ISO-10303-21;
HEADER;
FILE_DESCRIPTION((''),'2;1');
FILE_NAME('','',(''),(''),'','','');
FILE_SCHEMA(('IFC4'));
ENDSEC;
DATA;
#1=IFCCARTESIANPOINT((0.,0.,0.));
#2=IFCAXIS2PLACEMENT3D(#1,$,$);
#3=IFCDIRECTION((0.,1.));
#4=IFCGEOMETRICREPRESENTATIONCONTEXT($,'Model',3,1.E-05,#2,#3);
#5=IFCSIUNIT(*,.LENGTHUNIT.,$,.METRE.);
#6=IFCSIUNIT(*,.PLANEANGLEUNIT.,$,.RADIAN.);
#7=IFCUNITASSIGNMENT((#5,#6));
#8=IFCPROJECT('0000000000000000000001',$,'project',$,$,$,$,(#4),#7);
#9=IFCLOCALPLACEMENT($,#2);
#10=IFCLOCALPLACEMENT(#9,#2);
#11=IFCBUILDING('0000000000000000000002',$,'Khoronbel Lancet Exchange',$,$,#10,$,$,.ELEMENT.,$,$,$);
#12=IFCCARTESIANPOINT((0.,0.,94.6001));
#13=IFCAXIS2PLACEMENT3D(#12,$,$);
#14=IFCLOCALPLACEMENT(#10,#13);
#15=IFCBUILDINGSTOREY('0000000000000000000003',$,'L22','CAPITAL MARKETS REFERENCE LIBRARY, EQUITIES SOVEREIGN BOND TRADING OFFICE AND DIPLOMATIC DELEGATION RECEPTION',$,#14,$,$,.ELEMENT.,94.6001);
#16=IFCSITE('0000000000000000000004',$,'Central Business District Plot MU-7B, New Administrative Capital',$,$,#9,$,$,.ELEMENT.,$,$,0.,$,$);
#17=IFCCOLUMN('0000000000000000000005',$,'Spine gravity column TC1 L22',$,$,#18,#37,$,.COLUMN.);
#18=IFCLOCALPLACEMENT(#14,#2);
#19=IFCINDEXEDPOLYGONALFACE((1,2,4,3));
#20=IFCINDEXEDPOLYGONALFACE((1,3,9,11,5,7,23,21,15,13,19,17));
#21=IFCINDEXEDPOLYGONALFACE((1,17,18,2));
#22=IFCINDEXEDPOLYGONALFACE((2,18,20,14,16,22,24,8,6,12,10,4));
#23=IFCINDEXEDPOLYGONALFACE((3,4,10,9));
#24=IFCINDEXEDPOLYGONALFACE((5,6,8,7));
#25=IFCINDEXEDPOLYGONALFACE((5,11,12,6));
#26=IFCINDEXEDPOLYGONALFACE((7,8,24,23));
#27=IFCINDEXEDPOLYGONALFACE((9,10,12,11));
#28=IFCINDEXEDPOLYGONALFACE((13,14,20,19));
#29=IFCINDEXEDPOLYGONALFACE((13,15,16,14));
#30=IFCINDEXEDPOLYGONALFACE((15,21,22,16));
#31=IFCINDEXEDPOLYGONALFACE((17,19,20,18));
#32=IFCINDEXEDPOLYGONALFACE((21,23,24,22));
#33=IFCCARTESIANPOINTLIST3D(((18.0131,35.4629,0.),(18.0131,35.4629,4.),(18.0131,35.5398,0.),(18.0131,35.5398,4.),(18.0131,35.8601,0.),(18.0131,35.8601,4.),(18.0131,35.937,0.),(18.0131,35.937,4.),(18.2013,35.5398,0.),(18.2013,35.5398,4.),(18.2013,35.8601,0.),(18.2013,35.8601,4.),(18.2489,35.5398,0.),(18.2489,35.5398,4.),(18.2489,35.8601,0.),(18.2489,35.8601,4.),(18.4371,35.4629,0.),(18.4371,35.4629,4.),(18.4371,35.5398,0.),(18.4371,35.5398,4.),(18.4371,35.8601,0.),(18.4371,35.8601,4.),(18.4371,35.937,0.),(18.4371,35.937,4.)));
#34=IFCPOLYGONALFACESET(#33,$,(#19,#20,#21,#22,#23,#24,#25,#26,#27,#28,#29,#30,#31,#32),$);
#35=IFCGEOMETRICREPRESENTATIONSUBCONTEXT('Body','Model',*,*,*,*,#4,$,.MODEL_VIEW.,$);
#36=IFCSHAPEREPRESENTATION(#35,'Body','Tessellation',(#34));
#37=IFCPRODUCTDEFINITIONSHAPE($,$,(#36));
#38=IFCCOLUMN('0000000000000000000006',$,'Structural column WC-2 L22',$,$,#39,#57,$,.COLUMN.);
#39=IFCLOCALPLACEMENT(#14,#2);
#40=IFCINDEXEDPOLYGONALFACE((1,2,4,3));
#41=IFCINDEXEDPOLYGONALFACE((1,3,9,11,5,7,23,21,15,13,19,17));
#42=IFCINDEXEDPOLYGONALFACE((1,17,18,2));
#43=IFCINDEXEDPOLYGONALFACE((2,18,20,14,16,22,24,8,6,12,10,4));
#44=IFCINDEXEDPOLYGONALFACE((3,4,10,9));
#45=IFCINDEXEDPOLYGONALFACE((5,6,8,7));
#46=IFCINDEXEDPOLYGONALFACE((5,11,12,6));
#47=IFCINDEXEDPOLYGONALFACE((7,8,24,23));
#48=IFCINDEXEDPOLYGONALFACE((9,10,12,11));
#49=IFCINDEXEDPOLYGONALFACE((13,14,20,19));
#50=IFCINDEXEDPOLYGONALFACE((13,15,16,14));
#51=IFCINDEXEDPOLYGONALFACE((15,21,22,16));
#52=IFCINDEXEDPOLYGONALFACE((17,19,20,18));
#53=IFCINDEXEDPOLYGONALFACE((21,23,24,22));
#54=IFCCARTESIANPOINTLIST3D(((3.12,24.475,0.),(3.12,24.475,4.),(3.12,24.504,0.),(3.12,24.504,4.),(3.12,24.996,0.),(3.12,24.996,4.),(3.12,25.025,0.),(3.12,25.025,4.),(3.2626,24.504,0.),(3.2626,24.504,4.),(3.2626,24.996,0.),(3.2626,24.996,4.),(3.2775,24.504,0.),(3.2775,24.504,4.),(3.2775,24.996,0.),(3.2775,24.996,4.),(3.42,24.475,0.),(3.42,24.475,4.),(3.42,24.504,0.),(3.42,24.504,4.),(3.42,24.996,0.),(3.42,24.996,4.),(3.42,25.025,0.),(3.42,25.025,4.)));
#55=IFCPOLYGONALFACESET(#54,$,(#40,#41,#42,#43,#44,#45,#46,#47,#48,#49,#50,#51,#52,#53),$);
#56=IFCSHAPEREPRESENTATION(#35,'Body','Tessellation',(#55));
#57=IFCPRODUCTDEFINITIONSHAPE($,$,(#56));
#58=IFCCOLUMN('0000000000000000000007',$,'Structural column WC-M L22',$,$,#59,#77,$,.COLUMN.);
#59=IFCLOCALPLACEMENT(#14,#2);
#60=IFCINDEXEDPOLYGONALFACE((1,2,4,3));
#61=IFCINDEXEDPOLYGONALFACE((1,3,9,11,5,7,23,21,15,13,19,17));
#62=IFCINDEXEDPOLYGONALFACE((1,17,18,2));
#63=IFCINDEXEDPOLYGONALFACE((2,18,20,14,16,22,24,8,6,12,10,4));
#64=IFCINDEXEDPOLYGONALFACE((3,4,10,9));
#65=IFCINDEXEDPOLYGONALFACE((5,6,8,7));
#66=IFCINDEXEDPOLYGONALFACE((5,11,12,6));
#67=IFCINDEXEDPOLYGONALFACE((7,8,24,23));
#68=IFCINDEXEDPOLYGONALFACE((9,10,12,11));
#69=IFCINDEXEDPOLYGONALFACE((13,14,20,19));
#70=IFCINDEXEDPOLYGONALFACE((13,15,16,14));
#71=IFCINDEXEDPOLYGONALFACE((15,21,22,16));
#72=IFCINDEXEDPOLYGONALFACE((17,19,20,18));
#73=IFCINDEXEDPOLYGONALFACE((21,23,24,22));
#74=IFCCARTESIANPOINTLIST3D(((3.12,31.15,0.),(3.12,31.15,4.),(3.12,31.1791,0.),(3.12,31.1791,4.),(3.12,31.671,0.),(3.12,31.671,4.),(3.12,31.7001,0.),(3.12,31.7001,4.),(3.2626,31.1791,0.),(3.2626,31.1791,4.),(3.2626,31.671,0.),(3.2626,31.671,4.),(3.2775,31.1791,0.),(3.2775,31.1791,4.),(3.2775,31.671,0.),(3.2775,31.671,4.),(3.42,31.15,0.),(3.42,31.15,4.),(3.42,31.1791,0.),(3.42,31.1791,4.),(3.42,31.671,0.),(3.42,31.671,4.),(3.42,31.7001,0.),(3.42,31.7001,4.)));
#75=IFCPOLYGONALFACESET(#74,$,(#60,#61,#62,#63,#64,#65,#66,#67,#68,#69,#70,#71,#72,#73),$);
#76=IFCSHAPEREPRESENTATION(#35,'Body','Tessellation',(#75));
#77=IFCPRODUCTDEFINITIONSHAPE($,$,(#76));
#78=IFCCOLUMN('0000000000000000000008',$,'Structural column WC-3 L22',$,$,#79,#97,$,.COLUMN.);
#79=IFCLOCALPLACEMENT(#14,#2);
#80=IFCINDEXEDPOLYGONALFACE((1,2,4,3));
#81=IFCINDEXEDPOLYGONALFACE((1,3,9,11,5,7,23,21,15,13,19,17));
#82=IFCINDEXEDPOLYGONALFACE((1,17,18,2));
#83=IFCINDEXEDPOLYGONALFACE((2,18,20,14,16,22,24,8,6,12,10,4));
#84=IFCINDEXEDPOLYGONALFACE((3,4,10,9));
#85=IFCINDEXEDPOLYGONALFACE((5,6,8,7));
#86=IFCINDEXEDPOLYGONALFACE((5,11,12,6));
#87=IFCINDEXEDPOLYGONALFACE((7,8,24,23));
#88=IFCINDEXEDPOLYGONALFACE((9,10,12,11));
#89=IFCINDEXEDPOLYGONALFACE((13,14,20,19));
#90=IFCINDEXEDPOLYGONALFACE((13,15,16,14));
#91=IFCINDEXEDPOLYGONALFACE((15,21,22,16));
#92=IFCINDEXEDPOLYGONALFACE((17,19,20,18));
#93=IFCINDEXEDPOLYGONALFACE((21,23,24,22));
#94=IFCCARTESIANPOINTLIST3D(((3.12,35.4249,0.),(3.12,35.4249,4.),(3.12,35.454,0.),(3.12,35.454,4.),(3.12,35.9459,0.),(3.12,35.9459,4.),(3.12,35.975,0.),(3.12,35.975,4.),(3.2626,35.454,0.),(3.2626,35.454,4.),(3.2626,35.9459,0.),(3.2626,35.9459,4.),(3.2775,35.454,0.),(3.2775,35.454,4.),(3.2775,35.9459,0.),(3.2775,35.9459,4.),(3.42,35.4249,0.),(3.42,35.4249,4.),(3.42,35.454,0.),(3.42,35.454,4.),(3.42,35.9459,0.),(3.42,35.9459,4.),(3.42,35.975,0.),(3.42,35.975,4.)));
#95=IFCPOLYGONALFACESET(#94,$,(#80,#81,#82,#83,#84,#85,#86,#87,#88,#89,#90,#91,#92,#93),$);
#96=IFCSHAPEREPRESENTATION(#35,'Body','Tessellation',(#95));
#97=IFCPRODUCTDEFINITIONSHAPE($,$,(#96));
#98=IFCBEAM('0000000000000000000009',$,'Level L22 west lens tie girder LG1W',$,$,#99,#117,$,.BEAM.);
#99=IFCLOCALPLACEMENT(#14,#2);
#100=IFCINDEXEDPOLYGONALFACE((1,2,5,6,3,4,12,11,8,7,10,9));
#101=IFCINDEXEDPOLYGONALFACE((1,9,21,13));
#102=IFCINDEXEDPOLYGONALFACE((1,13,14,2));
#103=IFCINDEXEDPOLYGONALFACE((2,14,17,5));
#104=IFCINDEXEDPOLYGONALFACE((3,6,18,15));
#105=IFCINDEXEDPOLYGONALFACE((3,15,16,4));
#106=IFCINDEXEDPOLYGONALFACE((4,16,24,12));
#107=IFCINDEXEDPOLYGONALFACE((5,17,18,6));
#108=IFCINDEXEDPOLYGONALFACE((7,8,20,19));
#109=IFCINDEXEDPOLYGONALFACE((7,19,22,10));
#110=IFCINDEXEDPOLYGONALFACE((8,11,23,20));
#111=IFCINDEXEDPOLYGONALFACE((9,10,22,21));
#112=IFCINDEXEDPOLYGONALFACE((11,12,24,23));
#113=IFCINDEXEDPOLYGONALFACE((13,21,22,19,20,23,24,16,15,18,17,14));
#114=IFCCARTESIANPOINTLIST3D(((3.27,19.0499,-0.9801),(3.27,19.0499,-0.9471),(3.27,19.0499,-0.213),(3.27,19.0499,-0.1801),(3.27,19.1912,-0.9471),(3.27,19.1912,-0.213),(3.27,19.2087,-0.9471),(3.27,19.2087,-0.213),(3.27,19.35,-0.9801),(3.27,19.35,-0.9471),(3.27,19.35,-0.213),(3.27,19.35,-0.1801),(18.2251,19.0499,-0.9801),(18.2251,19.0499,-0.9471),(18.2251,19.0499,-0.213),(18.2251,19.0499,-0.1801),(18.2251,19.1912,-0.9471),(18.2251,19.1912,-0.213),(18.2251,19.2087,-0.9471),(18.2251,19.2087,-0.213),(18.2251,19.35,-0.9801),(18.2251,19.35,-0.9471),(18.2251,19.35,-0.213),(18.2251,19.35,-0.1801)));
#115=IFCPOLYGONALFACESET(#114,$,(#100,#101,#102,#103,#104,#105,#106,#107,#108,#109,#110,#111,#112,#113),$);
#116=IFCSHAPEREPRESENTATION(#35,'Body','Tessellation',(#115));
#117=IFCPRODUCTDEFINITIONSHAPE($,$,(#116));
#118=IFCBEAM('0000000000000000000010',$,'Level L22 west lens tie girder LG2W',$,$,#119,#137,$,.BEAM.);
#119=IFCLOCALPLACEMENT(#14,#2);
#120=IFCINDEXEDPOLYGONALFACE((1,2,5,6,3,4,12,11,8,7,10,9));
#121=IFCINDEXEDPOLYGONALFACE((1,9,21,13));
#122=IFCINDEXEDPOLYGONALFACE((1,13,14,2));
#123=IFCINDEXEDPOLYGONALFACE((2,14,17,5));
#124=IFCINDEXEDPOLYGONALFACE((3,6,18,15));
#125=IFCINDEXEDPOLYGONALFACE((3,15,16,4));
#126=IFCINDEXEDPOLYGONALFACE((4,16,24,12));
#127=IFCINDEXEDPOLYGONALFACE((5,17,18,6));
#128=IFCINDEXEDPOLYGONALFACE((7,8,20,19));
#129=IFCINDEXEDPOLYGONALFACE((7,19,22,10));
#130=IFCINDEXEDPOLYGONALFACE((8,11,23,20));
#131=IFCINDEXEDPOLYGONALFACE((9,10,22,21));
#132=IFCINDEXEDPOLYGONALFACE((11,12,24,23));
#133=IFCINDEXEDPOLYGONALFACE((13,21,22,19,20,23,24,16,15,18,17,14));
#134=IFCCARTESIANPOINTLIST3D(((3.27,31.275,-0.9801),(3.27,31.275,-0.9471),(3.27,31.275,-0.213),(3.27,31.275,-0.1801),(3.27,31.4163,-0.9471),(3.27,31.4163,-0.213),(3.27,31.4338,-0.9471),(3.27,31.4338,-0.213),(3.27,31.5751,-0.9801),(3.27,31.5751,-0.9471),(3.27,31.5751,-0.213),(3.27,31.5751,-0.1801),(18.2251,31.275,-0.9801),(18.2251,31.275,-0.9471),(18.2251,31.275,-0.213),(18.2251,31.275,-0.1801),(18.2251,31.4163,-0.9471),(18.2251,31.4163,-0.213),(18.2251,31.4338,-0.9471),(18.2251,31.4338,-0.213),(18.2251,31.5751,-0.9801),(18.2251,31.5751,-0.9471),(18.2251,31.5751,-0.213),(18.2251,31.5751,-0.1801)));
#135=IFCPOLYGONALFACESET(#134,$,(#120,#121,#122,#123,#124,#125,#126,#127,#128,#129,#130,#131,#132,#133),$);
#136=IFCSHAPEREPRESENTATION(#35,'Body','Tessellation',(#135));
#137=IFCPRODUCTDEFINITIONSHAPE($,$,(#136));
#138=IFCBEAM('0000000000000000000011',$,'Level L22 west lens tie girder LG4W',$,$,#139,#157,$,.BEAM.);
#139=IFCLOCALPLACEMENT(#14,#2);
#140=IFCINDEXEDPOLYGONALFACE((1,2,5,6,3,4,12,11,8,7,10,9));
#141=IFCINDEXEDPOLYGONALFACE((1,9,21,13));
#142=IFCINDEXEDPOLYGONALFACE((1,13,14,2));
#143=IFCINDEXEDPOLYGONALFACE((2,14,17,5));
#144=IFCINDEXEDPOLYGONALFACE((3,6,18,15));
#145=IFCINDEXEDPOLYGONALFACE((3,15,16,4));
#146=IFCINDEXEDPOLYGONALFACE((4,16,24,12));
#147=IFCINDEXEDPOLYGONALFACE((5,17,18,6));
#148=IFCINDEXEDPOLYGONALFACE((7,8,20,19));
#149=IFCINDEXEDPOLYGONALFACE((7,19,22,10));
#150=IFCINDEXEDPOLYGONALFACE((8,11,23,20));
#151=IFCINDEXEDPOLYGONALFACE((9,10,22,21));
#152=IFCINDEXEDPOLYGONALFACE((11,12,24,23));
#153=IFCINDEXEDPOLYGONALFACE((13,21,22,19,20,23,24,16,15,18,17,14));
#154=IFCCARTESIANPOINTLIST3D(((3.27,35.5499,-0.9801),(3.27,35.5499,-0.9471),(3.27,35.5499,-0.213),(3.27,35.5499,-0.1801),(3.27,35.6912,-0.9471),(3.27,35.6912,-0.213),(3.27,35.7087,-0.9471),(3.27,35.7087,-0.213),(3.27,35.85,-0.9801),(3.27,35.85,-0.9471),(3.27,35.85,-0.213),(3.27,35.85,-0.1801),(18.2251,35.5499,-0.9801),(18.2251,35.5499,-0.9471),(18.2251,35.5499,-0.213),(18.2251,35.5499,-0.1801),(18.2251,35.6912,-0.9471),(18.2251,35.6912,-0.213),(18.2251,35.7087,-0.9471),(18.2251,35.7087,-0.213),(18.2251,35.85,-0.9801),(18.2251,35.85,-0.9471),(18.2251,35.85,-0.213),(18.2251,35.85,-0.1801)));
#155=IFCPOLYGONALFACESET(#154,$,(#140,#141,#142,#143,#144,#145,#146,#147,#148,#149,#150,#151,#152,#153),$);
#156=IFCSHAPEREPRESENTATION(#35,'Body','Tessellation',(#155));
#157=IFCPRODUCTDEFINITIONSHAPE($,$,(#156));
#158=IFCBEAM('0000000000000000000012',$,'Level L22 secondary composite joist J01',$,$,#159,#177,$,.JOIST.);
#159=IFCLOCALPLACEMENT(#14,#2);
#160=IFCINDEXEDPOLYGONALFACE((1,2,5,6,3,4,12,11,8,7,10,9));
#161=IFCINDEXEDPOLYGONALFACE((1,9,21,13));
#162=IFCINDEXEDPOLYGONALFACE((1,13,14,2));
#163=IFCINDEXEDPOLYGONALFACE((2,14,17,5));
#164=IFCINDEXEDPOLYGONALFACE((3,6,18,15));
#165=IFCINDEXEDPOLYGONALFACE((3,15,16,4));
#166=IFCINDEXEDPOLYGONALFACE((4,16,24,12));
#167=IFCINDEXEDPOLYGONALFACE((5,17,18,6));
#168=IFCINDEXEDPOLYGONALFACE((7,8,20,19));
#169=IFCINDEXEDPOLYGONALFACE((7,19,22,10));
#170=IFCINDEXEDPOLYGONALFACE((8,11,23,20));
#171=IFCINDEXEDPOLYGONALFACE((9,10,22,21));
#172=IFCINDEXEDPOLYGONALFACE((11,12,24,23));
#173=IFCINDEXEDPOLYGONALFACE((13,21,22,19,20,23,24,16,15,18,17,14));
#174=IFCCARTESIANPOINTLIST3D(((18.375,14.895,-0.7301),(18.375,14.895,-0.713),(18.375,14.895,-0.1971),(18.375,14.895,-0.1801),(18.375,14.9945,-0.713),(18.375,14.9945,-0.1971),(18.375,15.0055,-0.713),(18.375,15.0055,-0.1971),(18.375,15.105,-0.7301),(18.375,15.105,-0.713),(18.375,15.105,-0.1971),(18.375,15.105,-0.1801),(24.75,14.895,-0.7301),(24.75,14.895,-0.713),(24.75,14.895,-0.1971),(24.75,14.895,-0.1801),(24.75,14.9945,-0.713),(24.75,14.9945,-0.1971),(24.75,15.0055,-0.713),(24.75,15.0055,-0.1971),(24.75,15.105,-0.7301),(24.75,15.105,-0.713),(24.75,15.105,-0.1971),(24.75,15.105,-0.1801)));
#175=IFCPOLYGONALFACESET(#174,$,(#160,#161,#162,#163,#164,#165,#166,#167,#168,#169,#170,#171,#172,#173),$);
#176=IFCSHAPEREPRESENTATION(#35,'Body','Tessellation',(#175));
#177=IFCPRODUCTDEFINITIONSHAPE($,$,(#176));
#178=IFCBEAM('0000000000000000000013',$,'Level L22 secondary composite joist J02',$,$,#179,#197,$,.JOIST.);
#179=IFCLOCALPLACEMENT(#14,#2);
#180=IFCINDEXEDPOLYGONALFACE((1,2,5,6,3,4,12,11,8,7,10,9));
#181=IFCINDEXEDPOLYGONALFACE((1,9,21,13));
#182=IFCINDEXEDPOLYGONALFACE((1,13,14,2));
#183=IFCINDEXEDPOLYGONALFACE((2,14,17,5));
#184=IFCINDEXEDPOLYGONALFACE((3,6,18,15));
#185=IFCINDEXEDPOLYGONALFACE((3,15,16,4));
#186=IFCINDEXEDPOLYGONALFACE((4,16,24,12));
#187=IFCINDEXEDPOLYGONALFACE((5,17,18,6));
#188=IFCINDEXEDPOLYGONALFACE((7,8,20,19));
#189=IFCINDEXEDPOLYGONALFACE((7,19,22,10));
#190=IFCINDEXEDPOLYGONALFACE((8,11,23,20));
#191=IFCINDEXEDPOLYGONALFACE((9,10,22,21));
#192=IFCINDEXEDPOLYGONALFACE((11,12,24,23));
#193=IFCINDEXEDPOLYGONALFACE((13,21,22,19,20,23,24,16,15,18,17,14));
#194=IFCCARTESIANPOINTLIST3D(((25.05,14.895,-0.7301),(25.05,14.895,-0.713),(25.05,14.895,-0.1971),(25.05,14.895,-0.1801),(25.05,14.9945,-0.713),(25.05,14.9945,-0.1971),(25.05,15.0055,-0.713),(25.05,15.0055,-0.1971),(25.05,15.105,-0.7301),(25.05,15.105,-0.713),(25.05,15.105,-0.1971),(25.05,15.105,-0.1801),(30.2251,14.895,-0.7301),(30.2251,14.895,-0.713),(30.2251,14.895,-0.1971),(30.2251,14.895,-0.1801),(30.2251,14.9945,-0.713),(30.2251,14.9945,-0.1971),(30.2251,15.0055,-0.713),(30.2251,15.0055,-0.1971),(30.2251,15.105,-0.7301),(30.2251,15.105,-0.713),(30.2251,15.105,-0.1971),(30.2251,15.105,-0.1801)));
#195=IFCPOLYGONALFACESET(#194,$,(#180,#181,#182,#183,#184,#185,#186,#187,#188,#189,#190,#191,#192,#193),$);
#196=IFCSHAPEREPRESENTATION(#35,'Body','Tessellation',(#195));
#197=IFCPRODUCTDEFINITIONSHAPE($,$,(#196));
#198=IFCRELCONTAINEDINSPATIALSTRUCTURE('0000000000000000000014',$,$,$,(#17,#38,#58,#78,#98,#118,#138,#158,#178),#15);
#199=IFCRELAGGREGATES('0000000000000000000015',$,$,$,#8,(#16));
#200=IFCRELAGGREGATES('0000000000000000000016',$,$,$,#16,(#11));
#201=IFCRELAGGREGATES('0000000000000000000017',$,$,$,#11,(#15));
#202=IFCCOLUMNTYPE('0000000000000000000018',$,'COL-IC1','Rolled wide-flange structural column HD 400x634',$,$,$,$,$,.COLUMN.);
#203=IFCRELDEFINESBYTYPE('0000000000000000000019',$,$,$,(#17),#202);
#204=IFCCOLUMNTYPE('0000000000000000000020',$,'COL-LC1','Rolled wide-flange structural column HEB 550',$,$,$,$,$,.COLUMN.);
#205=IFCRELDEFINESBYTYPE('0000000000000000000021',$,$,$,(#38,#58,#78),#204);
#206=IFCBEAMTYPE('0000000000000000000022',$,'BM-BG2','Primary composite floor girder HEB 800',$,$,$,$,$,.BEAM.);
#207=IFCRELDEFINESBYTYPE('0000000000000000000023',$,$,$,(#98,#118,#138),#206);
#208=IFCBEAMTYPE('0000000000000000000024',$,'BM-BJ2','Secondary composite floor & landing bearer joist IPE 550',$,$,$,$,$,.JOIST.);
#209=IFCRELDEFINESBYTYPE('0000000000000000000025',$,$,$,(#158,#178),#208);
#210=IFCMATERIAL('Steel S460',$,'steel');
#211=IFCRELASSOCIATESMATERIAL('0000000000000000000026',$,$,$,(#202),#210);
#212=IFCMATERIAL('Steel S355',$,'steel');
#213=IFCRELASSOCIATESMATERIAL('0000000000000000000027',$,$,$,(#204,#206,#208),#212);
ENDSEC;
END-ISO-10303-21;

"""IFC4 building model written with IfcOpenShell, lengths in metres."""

from ifc_helpers import new_model, si_unit, direction, frame, origin, origin_2d, place, context, subcontext, project, spatial, i_section, extrude, material, material_profile, profile_set, type_object, element, save


model = new_model("IFC4")

# Units and contexts
model_context = context("Model", 3, precision=1e-05, world=origin(), true_north=direction((0.0, 1.0)))
body_context = subcontext(model_context, "Body", "Model", "MODEL_VIEW")
ifc_project = project(units=[si_unit("LENGTHUNIT", "METRE"), si_unit("PLANEANGLEUNIT", "RADIAN")], contexts=[model_context])

# Site, building, storey
site_placement = place(None, origin())
site = spatial("IfcSite", under=ifc_project, at=site_placement, Name="Central Business District Plot MU-7B, New Administrative Capital", CompositionType="ELEMENT", RefElevation=0.0)
building_placement = place(site_placement, origin())
building = spatial("IfcBuilding", under=site, at=building_placement, Name="Khoronbel Lancet Exchange", CompositionType="ELEMENT")
storey_placement = place(building_placement, frame((0.0, 0.0, 94.6001)))
storey = spatial("IfcBuildingStorey", under=building, at=storey_placement, Name="L22", Description="CAPITAL MARKETS REFERENCE LIBRARY, EQUITIES SOVEREIGN BOND TRADING OFFICE AND DIPLOMATIC DELEGATION RECEPTION", CompositionType="ELEMENT", Elevation=94.6001)

# Columns
ifc_material_1 = material(Name="Steel S460", Category="steel")
ifc_material_profile_1 = material_profile(ifc_material_1, i_section(OverallWidth=0.4241, OverallDepth=0.4741, WebThickness=0.0476, FlangeThickness=0.0769, at=origin_2d()), Name="HD 400x634")
ifc_profile_set_1 = profile_set([ifc_material_profile_1], Name="Steel S460")
column_type_1 = type_object("IfcColumnType", Name="COL-IC1", Description="Rolled wide-flange structural column HD 400x634", PredefinedType="COLUMN", material=ifc_profile_set_1)
column_placement = place(storey_placement, frame((18.2251, 35.7, 0.0), z_axis=(0.0, 0.0, 1.0), x_axis=(1.0, 0.0, 0.0)))
element("IfcColumn", 1, at=column_placement, inside=storey, type_object=column_type_1, Name="Spine gravity column TC1 L22", PredefinedType="COLUMN", context=body_context, shape_type="SweptSolid", body=[
    extrude(i_section(OverallWidth=0.4241, OverallDepth=0.4741, WebThickness=0.0476, FlangeThickness=0.0769, at=origin_2d()), origin(), (0.0, 0.0, 1.0), 4.0),
])
ifc_material_2 = material(Name="Steel S355", Category="steel")
ifc_material_profile_2 = material_profile(ifc_material_2, i_section(OverallWidth=0.3, OverallDepth=0.55, WebThickness=0.0149, FlangeThickness=0.0291, at=origin_2d()), Name="HEB 550")
ifc_profile_set_2 = profile_set([ifc_material_profile_2], Name="Steel S355")
column_type_2 = type_object("IfcColumnType", Name="COL-LC1", Description="Rolled wide-flange structural column HEB 550", PredefinedType="COLUMN", material=ifc_profile_set_2)
for number, where, z_axis, x_axis, name in (
    (2, (3.27, 24.75, 0.0), (0.0, 0.0, 1.0), (1.0, 0.0, 0.0), "Structural column WC-2 L22"),
    (3, (3.27, 31.425, 0.0), (0.0, 0.0, 1.0), (1.0, 0.0, 0.0), "Structural column WC-M L22"),
    (4, (3.27, 35.7, 0.0), (0.0, 0.0, 1.0), (1.0, 0.0, 0.0), "Structural column WC-3 L22"),
):
    element("IfcColumn", number, at=place(storey_placement, frame(where, z_axis=z_axis, x_axis=x_axis)), inside=storey, type_object=column_type_2, Name=name, PredefinedType="COLUMN", context=body_context, shape_type="SweptSolid", body=[
        extrude(i_section(OverallWidth=0.3, OverallDepth=0.55, WebThickness=0.0149, FlangeThickness=0.0291, at=origin_2d()), origin(), (0.0, 0.0, 1.0), 4.0),
    ])

# Beams
ifc_material_profile_3 = material_profile(ifc_material_2, i_section(OverallWidth=0.3, OverallDepth=0.8, WebThickness=0.0176, FlangeThickness=0.033, at=origin_2d()), Name="HEB 800")
ifc_profile_set_3 = profile_set([ifc_material_profile_3], Name="Steel S355")
beam_type_1 = type_object("IfcBeamType", Name="BM-BG2", Description="Primary composite floor girder HEB 800", PredefinedType="BEAM", material=ifc_profile_set_3)
for number, where, z_axis, x_axis, name in (
    (5, (3.27, 19.2, -0.5801), (1.0, 0.0, 0.0), (0.0, 1.0, 0.0), "Level L22 west lens tie girder LG1W"),
    (6, (3.27, 31.425, -0.5801), (1.0, 0.0, 0.0), (0.0, 1.0, 0.0), "Level L22 west lens tie girder LG2W"),
    (7, (3.27, 35.7, -0.5801), (1.0, 0.0, 0.0), (0.0, 1.0, 0.0), "Level L22 west lens tie girder LG4W"),
):
    element("IfcBeam", number, at=place(storey_placement, frame(where, z_axis=z_axis, x_axis=x_axis)), inside=storey, type_object=beam_type_1, Name=name, PredefinedType="BEAM", context=body_context, shape_type="SweptSolid", body=[
        extrude(i_section(OverallWidth=0.3, OverallDepth=0.8, WebThickness=0.0176, FlangeThickness=0.033, at=origin_2d()), origin(), (0.0, 0.0, 1.0), 14.9551),
    ])
ifc_material_profile_4 = material_profile(ifc_material_2, i_section(OverallWidth=0.21, OverallDepth=0.55, WebThickness=0.011, FlangeThickness=0.0171, at=origin_2d()), Name="IPE 550")
ifc_profile_set_4 = profile_set([ifc_material_profile_4], Name="Steel S355")
beam_type_2 = type_object("IfcBeamType", Name="BM-BJ2", Description="Secondary composite floor & landing bearer joist IPE 550", PredefinedType="JOIST", material=ifc_profile_set_4)
beam_1_placement = place(storey_placement, frame((18.375, 15.0, -0.4551), z_axis=(1.0, 0.0, 0.0), x_axis=(0.0, 1.0, 0.0)))
element("IfcBeam", 8, at=beam_1_placement, inside=storey, type_object=beam_type_2, Name="Level L22 secondary composite joist J01", PredefinedType="JOIST", context=body_context, shape_type="SweptSolid", body=[
    extrude(i_section(OverallWidth=0.21, OverallDepth=0.55, WebThickness=0.011, FlangeThickness=0.0171, at=origin_2d()), origin(), (0.0, 0.0, 1.0), 6.375),
])
beam_2_placement = place(storey_placement, frame((25.05, 15.0, -0.4551), z_axis=(1.0, 0.0, 0.0), x_axis=(0.0, 1.0, 0.0)))
element("IfcBeam", 9, at=beam_2_placement, inside=storey, type_object=beam_type_2, Name="Level L22 secondary composite joist J02", PredefinedType="JOIST", context=body_context, shape_type="SweptSolid", body=[
    extrude(i_section(OverallWidth=0.21, OverallDepth=0.55, WebThickness=0.011, FlangeThickness=0.0171, at=origin_2d()), origin(), (0.0, 0.0, 1.0), 5.175),
])

save(model, "model.ifc")
